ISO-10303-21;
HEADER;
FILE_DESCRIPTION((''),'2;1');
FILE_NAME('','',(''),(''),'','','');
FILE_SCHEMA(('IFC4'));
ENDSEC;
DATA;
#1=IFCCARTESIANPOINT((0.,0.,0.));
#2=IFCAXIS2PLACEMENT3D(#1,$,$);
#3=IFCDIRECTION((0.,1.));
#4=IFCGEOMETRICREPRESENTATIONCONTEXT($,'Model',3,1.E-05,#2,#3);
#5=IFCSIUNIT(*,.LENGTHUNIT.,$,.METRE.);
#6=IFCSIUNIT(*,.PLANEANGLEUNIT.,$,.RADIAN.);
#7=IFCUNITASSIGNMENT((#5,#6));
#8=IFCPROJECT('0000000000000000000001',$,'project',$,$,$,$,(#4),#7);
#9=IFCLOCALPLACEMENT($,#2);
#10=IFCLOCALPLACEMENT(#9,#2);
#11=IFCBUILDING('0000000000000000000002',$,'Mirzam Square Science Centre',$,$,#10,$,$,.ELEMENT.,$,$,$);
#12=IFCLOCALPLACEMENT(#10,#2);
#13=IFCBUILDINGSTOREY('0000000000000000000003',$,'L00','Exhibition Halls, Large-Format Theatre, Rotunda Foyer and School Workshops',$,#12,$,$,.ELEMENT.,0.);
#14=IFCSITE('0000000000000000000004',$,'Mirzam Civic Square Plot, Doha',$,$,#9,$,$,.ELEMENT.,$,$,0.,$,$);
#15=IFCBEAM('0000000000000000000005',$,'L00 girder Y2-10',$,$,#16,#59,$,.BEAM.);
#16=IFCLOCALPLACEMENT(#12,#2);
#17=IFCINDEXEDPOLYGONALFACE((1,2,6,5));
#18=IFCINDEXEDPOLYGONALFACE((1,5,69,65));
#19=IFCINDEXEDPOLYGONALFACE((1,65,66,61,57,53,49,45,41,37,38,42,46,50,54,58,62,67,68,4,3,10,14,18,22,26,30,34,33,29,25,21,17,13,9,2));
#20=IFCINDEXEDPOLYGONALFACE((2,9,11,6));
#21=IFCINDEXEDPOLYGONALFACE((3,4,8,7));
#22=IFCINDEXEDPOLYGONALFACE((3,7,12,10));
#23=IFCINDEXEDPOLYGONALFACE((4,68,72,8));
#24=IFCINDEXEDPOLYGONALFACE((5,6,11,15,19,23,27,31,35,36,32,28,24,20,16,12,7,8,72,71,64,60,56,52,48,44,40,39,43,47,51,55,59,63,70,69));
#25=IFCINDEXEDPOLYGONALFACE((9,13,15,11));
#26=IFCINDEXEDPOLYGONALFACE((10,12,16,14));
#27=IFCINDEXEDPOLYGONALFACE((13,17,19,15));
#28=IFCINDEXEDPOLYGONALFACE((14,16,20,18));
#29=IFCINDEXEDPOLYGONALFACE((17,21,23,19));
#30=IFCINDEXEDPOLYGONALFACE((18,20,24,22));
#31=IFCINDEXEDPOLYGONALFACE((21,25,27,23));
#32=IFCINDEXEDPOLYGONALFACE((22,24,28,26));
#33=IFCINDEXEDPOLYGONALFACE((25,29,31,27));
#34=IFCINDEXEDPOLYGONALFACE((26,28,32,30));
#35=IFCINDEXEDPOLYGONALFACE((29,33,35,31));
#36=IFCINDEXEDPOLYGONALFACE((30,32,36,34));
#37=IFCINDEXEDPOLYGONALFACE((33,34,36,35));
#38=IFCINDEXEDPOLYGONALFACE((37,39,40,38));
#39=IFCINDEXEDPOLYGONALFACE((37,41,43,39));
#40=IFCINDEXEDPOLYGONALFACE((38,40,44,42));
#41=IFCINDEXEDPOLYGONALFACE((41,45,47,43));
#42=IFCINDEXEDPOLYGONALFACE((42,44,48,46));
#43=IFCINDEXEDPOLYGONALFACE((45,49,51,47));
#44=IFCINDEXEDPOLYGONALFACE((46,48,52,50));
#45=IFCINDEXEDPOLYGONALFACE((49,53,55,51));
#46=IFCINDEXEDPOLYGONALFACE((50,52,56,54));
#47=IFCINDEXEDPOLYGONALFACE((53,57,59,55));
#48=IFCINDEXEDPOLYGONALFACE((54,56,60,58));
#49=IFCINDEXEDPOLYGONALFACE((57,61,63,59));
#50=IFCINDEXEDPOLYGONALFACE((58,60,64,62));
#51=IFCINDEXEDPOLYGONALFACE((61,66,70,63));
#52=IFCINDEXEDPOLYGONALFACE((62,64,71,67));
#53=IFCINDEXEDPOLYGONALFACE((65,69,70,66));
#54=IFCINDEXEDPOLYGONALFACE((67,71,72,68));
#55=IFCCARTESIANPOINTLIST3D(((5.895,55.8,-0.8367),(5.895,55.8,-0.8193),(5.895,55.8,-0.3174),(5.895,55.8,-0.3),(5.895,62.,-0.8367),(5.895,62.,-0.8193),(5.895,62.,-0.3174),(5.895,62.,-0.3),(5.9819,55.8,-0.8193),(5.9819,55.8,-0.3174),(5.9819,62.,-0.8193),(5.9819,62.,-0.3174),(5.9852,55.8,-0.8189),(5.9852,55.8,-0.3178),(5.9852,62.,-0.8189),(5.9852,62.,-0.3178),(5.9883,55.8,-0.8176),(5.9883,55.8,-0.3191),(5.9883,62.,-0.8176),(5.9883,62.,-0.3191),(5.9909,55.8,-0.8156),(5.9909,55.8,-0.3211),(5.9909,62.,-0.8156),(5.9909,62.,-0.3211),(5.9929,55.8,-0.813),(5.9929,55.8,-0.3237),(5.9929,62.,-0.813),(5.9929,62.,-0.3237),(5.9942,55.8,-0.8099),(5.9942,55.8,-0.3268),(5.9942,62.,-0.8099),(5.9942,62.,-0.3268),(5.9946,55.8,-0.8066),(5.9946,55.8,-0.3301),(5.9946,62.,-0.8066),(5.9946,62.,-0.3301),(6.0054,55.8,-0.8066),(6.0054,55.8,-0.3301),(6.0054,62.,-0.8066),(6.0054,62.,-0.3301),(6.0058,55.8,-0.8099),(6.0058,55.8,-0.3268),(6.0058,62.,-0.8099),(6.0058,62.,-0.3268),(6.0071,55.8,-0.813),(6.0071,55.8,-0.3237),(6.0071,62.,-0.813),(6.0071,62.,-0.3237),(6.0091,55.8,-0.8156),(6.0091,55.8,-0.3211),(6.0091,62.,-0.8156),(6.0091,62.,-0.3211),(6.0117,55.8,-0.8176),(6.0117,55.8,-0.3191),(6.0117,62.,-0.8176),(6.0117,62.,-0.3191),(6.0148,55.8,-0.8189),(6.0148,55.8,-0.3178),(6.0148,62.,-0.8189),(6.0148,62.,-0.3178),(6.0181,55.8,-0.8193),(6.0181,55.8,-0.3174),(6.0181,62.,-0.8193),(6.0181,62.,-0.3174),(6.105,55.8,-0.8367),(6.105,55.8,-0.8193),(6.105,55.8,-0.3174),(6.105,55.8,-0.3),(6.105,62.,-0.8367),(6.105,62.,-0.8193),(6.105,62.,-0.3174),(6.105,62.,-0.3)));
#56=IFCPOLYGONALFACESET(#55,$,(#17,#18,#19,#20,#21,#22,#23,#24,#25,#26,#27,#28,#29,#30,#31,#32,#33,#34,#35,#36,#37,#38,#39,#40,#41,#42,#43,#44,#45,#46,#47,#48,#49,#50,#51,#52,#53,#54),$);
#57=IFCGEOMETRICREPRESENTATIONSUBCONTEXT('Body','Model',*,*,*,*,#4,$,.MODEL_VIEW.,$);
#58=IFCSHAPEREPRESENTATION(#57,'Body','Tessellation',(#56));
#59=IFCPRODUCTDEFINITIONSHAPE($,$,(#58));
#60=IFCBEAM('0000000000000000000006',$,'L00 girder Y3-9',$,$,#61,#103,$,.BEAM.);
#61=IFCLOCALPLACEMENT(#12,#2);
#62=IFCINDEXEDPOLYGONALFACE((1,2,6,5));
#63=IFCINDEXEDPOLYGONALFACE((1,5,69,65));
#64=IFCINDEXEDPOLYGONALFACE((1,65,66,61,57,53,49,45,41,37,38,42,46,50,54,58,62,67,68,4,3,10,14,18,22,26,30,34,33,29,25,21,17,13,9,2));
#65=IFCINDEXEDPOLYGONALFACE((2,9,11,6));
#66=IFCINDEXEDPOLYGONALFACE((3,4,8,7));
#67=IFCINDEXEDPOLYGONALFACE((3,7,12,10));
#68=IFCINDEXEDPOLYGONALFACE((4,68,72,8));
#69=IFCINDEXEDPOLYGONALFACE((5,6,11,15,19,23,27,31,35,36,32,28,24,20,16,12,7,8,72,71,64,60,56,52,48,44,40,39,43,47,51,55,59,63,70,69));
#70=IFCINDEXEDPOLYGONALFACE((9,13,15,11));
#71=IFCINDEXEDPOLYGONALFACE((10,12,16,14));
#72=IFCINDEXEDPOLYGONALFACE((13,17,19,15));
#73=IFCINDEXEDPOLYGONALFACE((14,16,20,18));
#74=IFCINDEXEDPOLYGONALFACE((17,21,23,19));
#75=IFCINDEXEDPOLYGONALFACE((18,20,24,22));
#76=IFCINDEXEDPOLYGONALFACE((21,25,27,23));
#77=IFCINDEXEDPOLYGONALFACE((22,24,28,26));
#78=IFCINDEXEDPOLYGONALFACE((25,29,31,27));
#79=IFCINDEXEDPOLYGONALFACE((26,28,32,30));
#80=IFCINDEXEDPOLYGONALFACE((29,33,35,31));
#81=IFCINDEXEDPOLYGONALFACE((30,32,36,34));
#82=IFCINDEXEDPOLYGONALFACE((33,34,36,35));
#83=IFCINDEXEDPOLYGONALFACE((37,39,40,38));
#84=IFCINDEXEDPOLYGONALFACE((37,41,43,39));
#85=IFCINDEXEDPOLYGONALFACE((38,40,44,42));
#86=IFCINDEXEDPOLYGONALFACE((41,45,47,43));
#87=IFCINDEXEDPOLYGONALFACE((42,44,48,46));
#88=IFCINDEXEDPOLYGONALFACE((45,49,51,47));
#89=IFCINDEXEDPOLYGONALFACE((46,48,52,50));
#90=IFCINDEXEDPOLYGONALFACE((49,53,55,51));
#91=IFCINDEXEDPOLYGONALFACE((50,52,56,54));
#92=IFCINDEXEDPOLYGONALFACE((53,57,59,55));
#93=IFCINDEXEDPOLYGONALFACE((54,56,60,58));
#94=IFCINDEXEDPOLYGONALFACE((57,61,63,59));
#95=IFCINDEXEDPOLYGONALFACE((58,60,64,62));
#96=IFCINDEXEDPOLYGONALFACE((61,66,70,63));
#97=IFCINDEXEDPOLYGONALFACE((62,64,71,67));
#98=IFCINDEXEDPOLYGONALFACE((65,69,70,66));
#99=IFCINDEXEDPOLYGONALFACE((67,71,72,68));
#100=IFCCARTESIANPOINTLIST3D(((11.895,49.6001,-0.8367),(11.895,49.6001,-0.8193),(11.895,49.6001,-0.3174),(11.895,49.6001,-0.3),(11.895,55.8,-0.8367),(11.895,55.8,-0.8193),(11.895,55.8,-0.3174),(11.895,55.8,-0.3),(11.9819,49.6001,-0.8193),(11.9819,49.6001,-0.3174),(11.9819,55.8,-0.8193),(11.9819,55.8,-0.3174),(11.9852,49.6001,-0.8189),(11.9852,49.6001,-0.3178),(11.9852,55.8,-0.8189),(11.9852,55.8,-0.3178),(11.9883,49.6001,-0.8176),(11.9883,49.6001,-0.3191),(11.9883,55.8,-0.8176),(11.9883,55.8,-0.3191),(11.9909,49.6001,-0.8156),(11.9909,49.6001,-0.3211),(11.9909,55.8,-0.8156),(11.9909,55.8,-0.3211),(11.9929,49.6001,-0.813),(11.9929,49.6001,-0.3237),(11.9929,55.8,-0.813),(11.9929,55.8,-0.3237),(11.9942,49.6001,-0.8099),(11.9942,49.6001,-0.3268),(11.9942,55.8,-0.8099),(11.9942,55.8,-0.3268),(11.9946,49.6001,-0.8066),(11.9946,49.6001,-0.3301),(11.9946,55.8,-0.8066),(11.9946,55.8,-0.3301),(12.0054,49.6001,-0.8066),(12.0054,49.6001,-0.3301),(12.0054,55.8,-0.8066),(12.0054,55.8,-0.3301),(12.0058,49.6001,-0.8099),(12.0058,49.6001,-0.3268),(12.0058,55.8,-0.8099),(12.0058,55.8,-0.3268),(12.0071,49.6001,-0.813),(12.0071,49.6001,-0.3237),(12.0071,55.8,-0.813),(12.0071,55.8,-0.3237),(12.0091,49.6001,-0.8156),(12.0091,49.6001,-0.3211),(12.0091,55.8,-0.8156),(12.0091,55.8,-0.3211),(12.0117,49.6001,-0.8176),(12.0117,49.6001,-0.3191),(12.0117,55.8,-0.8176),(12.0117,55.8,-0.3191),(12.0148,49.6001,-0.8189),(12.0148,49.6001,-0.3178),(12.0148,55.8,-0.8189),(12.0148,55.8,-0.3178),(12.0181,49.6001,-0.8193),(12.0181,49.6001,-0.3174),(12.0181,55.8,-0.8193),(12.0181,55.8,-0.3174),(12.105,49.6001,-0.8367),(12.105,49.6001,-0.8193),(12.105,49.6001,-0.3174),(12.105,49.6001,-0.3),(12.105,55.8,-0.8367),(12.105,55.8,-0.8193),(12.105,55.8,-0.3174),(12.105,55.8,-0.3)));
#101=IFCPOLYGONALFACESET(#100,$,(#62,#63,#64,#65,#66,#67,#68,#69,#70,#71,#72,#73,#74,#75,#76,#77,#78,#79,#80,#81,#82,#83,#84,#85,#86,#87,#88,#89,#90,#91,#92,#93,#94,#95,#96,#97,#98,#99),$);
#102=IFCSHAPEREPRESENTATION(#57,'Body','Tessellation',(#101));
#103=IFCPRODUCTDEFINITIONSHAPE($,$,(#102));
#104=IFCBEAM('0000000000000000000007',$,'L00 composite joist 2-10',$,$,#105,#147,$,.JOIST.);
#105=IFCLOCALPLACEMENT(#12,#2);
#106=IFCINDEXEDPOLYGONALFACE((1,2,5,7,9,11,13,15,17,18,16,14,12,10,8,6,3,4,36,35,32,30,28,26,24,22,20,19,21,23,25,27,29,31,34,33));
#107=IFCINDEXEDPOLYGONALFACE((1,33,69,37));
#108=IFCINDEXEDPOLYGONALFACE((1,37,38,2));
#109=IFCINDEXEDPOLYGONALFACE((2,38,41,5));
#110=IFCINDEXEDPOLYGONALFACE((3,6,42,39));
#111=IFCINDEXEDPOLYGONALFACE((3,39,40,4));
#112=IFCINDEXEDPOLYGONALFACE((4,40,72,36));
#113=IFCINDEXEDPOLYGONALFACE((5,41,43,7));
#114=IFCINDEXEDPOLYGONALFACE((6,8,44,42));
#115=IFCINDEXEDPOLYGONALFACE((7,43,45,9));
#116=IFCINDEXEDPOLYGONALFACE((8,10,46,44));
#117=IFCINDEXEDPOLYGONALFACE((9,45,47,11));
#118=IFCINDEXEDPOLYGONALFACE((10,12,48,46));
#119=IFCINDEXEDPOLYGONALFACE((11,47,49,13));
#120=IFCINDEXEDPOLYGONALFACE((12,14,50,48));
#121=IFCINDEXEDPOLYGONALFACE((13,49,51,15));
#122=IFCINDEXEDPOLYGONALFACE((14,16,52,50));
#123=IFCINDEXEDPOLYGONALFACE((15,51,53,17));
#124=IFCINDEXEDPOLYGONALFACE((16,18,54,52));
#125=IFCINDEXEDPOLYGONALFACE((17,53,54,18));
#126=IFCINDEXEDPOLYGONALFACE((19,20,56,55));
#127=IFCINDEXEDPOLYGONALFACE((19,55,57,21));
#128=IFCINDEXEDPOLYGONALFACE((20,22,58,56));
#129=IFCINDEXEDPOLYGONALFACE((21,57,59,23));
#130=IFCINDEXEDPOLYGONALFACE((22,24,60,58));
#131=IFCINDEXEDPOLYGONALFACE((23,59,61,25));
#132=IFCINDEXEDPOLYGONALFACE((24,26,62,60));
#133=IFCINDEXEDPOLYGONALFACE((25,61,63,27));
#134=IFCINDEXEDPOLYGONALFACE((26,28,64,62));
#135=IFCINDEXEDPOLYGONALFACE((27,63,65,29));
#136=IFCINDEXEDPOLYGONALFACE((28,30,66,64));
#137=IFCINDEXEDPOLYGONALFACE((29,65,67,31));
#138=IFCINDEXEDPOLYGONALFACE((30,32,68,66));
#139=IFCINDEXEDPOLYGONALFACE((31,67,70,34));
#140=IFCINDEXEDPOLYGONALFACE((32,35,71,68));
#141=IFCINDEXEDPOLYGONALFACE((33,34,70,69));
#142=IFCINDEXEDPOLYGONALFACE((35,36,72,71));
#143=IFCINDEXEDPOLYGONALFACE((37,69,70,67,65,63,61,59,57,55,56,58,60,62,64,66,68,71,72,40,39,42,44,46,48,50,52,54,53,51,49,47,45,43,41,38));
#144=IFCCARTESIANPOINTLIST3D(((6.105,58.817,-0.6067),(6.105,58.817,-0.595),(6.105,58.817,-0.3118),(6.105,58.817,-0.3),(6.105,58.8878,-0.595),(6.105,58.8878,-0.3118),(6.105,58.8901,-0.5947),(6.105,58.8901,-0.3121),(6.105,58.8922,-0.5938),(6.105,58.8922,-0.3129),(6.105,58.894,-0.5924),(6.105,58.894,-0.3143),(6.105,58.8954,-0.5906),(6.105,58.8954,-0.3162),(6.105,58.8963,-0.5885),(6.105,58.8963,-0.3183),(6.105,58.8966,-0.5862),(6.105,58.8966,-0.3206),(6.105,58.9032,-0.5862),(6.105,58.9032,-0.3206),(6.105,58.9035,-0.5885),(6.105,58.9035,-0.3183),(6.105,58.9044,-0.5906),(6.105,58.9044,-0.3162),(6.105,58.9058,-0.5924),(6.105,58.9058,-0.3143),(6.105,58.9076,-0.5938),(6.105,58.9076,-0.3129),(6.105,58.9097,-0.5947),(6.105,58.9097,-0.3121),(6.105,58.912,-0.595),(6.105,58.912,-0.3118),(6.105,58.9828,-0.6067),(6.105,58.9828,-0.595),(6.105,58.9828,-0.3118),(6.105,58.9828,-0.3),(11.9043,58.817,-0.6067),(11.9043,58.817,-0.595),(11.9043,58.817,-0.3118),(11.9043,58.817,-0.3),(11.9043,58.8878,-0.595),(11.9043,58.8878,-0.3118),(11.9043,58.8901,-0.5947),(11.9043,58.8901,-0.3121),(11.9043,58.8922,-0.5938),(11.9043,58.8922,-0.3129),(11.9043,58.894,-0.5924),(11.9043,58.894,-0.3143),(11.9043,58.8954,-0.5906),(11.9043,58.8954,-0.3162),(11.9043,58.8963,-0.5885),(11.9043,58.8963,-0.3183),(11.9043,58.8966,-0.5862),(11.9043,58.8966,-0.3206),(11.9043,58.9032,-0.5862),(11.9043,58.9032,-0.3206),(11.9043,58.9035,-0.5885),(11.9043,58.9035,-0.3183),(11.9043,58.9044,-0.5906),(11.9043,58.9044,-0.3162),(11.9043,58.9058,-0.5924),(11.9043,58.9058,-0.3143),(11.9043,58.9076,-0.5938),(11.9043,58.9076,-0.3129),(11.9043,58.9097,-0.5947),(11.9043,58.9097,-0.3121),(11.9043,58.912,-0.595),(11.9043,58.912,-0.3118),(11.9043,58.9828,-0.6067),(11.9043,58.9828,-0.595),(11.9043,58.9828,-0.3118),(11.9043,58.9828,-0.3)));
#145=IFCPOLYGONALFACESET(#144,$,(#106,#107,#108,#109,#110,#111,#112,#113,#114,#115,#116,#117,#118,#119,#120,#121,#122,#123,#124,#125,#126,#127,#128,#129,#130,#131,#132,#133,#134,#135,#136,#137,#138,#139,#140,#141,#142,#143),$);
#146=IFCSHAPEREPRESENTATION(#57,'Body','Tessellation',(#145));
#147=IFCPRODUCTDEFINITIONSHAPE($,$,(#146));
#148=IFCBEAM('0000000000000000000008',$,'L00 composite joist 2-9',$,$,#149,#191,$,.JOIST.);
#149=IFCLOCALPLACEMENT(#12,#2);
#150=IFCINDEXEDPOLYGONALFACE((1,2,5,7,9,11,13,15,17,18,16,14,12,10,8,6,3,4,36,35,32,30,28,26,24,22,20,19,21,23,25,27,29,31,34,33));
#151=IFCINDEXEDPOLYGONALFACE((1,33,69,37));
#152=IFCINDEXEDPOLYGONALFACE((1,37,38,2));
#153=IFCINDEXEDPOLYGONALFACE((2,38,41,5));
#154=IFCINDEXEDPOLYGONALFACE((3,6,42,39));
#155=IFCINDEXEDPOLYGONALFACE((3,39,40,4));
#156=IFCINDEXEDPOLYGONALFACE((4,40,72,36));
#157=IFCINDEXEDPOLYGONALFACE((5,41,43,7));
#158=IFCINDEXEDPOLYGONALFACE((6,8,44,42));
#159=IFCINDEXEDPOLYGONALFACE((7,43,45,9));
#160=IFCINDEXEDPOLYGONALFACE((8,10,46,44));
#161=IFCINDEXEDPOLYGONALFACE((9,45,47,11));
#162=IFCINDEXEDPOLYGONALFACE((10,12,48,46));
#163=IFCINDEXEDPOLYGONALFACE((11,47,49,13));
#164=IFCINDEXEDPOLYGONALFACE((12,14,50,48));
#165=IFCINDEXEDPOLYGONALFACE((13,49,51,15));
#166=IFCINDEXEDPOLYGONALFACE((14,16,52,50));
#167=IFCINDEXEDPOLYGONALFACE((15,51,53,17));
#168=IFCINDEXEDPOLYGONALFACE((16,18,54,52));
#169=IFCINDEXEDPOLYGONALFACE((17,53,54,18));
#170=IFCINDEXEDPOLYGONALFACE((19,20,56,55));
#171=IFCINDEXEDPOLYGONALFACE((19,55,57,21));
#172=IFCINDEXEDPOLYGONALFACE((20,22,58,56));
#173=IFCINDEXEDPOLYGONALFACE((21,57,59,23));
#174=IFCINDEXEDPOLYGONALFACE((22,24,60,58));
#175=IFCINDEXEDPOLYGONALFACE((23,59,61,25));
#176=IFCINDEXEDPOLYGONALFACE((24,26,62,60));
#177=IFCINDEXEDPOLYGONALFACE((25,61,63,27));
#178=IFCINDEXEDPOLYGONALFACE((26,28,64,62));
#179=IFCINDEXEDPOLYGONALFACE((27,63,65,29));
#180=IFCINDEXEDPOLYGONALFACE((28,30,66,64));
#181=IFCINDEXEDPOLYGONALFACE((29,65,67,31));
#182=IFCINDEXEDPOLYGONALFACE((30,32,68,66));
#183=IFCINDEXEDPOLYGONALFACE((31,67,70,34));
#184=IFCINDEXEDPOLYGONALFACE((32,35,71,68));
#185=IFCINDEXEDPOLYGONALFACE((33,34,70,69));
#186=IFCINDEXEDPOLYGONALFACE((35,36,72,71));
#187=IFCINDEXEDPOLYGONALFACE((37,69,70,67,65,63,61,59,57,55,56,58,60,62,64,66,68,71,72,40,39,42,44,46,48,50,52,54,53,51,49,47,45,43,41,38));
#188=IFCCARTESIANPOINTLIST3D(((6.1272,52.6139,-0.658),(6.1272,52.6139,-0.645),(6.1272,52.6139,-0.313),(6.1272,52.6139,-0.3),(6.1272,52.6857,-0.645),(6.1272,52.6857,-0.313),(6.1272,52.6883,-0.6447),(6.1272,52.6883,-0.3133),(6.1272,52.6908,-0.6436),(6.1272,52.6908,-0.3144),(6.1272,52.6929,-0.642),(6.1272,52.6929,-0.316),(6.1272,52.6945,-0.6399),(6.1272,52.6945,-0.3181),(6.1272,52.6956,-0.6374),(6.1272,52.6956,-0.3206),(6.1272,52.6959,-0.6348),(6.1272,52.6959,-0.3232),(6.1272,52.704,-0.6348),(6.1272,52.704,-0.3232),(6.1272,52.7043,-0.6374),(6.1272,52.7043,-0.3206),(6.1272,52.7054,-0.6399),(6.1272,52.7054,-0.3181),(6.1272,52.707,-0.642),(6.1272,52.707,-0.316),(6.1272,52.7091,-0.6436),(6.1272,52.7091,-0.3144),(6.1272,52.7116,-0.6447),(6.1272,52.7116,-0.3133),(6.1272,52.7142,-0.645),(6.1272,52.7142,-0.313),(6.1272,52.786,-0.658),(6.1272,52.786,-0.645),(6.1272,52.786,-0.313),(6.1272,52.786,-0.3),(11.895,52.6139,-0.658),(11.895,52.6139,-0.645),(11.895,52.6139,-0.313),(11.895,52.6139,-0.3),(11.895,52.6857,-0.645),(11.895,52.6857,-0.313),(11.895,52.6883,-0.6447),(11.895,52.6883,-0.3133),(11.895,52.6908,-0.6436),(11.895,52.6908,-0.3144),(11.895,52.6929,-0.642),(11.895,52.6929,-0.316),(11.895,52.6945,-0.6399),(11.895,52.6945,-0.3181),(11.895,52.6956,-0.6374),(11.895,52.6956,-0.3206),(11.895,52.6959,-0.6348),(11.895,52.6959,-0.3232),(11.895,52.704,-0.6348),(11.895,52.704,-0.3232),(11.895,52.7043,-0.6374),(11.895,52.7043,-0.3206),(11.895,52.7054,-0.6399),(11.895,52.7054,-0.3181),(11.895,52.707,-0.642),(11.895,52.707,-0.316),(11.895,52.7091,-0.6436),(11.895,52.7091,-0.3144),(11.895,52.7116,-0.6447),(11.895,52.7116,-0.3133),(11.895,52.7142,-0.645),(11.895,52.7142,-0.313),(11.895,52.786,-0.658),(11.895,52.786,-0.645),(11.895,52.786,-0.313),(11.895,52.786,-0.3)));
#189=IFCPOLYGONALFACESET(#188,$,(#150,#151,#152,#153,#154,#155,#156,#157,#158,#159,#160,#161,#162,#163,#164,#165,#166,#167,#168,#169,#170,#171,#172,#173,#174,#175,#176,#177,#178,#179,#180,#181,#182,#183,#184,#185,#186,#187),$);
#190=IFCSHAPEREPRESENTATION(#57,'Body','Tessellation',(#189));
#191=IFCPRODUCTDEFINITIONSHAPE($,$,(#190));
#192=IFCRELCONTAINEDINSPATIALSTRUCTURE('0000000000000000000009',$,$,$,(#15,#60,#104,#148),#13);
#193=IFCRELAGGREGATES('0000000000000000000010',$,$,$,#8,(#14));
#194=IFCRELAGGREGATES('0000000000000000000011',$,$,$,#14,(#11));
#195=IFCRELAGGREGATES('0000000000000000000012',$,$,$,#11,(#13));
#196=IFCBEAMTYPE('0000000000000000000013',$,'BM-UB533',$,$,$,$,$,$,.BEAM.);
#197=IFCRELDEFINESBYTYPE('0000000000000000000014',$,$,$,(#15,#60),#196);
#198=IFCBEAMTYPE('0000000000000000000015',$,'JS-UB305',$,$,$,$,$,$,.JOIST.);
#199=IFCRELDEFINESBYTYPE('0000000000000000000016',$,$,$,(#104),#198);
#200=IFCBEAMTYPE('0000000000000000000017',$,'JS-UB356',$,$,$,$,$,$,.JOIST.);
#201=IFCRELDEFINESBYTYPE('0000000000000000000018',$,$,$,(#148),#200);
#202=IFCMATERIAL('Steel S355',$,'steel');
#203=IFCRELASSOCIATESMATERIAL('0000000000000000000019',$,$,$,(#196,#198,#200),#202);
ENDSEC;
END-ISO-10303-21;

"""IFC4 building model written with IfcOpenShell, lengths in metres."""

from ifc_helpers import new_model, si_unit, direction, frame, origin, origin_2d, place, context, subcontext, project, spatial, i_section, extrude, material, material_profile, profile_set, type_object, element, save


model = new_model("IFC4")

# Units and contexts
model_context = context("Model", 3, precision=1e-05, world=origin(), true_north=direction((0.0, 1.0)))
body_context = subcontext(model_context, "Body", "Model", "MODEL_VIEW")
ifc_project = project(units=[si_unit("LENGTHUNIT", "METRE"), si_unit("PLANEANGLEUNIT", "RADIAN")], contexts=[model_context])

# Site, building, storey
site_placement = place(None, origin())
site = spatial("IfcSite", under=ifc_project, at=site_placement, Name="Mirzam Civic Square Plot, Doha", CompositionType="ELEMENT", RefElevation=0.0)
building_placement = place(site_placement, origin())
building = spatial("IfcBuilding", under=site, at=building_placement, Name="Mirzam Square Science Centre", CompositionType="ELEMENT")
storey_placement = place(building_placement, origin())
storey = spatial("IfcBuildingStorey", under=building, at=storey_placement, Name="L00", Description="Exhibition Halls, Large-Format Theatre, Rotunda Foyer and School Workshops", CompositionType="ELEMENT", Elevation=0.0)

# Shared definitions
ifc_material_1 = material(Name="Steel S355", Category="steel")

# Beams
ifc_material_profile_1 = material_profile(ifc_material_1, i_section(OverallWidth=0.21, OverallDepth=0.5366, WebThickness=0.0107, FlangeThickness=0.0173, FilletRadius=0.0127, at=origin_2d()), Name="533x210x101UB")
ifc_profile_set_1 = profile_set([ifc_material_profile_1], Name="Steel S355")
beam_type_1 = type_object("IfcBeamType", Name="BM-UB533", PredefinedType="BEAM", material=ifc_profile_set_1)
for number, where, z_axis, x_axis, name in (
    (1, (6.0, 55.8, -0.5684), (0.0, 1.0, 0.0), (-1.0, 0.0, 0.0), "L00 girder Y2-10"),
    (2, (12.0, 49.6001, -0.5684), (0.0, 1.0, 0.0), (-1.0, 0.0, 0.0), "L00 girder Y3-9"),
):
    element("IfcBeam", number, at=place(storey_placement, frame(where, z_axis=z_axis, x_axis=x_axis)), inside=storey, type_object=beam_type_1, Name=name, PredefinedType="BEAM", context=body_context, shape_type="SweptSolid", body=[
        extrude(i_section(OverallWidth=0.21, OverallDepth=0.5366, WebThickness=0.0107, FlangeThickness=0.0173, FilletRadius=0.0127, at=origin_2d()), origin(), (0.0, 0.0, 1.0), 6.2),
    ])
ifc_material_profile_2 = material_profile(ifc_material_1, i_section(OverallWidth=0.1658, OverallDepth=0.3066, WebThickness=0.0066, FlangeThickness=0.0117, FilletRadius=0.0088, at=origin_2d()), Name="305x165x46UB")
ifc_profile_set_2 = profile_set([ifc_material_profile_2], Name="Steel S355")
beam_type_2 = type_object("IfcBeamType", Name="JS-UB305", PredefinedType="JOIST", material=ifc_profile_set_2)
beam_1_placement = place(storey_placement, frame((6.105, 58.8999, -0.4534), z_axis=(1.0, 0.0, 0.0), x_axis=(0.0, 1.0, 0.0)))
element("IfcBeam", 3, at=beam_1_placement, inside=storey, type_object=beam_type_2, Name="L00 composite joist 2-10", PredefinedType="JOIST", context=body_context, shape_type="SweptSolid", body=[
    extrude(i_section(OverallWidth=0.1658, OverallDepth=0.3066, WebThickness=0.0066, FlangeThickness=0.0117, FilletRadius=0.0088, at=origin_2d()), origin(), (0.0, 0.0, 1.0), 5.7993),
])
ifc_material_profile_3 = material_profile(ifc_material_1, i_section(OverallWidth=0.1721, OverallDepth=0.3579, WebThickness=0.0081, FlangeThickness=0.0129, FilletRadius=0.0103, at=origin_2d()), Name="356x171x57UB")
ifc_profile_set_3 = profile_set([ifc_material_profile_3], Name="Steel S355")
beam_type_3 = type_object("IfcBeamType", Name="JS-UB356", PredefinedType="JOIST", material=ifc_profile_set_3)
beam_2_placement = place(storey_placement, frame((6.1272, 52.7, -0.479), z_axis=(1.0, 0.0, 0.0), x_axis=(0.0, 1.0, 0.0)))
element("IfcBeam", 4, at=beam_2_placement, inside=storey, type_object=beam_type_3, Name="L00 composite joist 2-9", PredefinedType="JOIST", context=body_context, shape_type="SweptSolid", body=[
    extrude(i_section(OverallWidth=0.1721, OverallDepth=0.3579, WebThickness=0.0081, FlangeThickness=0.0129, FilletRadius=0.0103, at=origin_2d()), origin(), (0.0, 0.0, 1.0), 5.7678),
])

save(model, "model.ifc")
